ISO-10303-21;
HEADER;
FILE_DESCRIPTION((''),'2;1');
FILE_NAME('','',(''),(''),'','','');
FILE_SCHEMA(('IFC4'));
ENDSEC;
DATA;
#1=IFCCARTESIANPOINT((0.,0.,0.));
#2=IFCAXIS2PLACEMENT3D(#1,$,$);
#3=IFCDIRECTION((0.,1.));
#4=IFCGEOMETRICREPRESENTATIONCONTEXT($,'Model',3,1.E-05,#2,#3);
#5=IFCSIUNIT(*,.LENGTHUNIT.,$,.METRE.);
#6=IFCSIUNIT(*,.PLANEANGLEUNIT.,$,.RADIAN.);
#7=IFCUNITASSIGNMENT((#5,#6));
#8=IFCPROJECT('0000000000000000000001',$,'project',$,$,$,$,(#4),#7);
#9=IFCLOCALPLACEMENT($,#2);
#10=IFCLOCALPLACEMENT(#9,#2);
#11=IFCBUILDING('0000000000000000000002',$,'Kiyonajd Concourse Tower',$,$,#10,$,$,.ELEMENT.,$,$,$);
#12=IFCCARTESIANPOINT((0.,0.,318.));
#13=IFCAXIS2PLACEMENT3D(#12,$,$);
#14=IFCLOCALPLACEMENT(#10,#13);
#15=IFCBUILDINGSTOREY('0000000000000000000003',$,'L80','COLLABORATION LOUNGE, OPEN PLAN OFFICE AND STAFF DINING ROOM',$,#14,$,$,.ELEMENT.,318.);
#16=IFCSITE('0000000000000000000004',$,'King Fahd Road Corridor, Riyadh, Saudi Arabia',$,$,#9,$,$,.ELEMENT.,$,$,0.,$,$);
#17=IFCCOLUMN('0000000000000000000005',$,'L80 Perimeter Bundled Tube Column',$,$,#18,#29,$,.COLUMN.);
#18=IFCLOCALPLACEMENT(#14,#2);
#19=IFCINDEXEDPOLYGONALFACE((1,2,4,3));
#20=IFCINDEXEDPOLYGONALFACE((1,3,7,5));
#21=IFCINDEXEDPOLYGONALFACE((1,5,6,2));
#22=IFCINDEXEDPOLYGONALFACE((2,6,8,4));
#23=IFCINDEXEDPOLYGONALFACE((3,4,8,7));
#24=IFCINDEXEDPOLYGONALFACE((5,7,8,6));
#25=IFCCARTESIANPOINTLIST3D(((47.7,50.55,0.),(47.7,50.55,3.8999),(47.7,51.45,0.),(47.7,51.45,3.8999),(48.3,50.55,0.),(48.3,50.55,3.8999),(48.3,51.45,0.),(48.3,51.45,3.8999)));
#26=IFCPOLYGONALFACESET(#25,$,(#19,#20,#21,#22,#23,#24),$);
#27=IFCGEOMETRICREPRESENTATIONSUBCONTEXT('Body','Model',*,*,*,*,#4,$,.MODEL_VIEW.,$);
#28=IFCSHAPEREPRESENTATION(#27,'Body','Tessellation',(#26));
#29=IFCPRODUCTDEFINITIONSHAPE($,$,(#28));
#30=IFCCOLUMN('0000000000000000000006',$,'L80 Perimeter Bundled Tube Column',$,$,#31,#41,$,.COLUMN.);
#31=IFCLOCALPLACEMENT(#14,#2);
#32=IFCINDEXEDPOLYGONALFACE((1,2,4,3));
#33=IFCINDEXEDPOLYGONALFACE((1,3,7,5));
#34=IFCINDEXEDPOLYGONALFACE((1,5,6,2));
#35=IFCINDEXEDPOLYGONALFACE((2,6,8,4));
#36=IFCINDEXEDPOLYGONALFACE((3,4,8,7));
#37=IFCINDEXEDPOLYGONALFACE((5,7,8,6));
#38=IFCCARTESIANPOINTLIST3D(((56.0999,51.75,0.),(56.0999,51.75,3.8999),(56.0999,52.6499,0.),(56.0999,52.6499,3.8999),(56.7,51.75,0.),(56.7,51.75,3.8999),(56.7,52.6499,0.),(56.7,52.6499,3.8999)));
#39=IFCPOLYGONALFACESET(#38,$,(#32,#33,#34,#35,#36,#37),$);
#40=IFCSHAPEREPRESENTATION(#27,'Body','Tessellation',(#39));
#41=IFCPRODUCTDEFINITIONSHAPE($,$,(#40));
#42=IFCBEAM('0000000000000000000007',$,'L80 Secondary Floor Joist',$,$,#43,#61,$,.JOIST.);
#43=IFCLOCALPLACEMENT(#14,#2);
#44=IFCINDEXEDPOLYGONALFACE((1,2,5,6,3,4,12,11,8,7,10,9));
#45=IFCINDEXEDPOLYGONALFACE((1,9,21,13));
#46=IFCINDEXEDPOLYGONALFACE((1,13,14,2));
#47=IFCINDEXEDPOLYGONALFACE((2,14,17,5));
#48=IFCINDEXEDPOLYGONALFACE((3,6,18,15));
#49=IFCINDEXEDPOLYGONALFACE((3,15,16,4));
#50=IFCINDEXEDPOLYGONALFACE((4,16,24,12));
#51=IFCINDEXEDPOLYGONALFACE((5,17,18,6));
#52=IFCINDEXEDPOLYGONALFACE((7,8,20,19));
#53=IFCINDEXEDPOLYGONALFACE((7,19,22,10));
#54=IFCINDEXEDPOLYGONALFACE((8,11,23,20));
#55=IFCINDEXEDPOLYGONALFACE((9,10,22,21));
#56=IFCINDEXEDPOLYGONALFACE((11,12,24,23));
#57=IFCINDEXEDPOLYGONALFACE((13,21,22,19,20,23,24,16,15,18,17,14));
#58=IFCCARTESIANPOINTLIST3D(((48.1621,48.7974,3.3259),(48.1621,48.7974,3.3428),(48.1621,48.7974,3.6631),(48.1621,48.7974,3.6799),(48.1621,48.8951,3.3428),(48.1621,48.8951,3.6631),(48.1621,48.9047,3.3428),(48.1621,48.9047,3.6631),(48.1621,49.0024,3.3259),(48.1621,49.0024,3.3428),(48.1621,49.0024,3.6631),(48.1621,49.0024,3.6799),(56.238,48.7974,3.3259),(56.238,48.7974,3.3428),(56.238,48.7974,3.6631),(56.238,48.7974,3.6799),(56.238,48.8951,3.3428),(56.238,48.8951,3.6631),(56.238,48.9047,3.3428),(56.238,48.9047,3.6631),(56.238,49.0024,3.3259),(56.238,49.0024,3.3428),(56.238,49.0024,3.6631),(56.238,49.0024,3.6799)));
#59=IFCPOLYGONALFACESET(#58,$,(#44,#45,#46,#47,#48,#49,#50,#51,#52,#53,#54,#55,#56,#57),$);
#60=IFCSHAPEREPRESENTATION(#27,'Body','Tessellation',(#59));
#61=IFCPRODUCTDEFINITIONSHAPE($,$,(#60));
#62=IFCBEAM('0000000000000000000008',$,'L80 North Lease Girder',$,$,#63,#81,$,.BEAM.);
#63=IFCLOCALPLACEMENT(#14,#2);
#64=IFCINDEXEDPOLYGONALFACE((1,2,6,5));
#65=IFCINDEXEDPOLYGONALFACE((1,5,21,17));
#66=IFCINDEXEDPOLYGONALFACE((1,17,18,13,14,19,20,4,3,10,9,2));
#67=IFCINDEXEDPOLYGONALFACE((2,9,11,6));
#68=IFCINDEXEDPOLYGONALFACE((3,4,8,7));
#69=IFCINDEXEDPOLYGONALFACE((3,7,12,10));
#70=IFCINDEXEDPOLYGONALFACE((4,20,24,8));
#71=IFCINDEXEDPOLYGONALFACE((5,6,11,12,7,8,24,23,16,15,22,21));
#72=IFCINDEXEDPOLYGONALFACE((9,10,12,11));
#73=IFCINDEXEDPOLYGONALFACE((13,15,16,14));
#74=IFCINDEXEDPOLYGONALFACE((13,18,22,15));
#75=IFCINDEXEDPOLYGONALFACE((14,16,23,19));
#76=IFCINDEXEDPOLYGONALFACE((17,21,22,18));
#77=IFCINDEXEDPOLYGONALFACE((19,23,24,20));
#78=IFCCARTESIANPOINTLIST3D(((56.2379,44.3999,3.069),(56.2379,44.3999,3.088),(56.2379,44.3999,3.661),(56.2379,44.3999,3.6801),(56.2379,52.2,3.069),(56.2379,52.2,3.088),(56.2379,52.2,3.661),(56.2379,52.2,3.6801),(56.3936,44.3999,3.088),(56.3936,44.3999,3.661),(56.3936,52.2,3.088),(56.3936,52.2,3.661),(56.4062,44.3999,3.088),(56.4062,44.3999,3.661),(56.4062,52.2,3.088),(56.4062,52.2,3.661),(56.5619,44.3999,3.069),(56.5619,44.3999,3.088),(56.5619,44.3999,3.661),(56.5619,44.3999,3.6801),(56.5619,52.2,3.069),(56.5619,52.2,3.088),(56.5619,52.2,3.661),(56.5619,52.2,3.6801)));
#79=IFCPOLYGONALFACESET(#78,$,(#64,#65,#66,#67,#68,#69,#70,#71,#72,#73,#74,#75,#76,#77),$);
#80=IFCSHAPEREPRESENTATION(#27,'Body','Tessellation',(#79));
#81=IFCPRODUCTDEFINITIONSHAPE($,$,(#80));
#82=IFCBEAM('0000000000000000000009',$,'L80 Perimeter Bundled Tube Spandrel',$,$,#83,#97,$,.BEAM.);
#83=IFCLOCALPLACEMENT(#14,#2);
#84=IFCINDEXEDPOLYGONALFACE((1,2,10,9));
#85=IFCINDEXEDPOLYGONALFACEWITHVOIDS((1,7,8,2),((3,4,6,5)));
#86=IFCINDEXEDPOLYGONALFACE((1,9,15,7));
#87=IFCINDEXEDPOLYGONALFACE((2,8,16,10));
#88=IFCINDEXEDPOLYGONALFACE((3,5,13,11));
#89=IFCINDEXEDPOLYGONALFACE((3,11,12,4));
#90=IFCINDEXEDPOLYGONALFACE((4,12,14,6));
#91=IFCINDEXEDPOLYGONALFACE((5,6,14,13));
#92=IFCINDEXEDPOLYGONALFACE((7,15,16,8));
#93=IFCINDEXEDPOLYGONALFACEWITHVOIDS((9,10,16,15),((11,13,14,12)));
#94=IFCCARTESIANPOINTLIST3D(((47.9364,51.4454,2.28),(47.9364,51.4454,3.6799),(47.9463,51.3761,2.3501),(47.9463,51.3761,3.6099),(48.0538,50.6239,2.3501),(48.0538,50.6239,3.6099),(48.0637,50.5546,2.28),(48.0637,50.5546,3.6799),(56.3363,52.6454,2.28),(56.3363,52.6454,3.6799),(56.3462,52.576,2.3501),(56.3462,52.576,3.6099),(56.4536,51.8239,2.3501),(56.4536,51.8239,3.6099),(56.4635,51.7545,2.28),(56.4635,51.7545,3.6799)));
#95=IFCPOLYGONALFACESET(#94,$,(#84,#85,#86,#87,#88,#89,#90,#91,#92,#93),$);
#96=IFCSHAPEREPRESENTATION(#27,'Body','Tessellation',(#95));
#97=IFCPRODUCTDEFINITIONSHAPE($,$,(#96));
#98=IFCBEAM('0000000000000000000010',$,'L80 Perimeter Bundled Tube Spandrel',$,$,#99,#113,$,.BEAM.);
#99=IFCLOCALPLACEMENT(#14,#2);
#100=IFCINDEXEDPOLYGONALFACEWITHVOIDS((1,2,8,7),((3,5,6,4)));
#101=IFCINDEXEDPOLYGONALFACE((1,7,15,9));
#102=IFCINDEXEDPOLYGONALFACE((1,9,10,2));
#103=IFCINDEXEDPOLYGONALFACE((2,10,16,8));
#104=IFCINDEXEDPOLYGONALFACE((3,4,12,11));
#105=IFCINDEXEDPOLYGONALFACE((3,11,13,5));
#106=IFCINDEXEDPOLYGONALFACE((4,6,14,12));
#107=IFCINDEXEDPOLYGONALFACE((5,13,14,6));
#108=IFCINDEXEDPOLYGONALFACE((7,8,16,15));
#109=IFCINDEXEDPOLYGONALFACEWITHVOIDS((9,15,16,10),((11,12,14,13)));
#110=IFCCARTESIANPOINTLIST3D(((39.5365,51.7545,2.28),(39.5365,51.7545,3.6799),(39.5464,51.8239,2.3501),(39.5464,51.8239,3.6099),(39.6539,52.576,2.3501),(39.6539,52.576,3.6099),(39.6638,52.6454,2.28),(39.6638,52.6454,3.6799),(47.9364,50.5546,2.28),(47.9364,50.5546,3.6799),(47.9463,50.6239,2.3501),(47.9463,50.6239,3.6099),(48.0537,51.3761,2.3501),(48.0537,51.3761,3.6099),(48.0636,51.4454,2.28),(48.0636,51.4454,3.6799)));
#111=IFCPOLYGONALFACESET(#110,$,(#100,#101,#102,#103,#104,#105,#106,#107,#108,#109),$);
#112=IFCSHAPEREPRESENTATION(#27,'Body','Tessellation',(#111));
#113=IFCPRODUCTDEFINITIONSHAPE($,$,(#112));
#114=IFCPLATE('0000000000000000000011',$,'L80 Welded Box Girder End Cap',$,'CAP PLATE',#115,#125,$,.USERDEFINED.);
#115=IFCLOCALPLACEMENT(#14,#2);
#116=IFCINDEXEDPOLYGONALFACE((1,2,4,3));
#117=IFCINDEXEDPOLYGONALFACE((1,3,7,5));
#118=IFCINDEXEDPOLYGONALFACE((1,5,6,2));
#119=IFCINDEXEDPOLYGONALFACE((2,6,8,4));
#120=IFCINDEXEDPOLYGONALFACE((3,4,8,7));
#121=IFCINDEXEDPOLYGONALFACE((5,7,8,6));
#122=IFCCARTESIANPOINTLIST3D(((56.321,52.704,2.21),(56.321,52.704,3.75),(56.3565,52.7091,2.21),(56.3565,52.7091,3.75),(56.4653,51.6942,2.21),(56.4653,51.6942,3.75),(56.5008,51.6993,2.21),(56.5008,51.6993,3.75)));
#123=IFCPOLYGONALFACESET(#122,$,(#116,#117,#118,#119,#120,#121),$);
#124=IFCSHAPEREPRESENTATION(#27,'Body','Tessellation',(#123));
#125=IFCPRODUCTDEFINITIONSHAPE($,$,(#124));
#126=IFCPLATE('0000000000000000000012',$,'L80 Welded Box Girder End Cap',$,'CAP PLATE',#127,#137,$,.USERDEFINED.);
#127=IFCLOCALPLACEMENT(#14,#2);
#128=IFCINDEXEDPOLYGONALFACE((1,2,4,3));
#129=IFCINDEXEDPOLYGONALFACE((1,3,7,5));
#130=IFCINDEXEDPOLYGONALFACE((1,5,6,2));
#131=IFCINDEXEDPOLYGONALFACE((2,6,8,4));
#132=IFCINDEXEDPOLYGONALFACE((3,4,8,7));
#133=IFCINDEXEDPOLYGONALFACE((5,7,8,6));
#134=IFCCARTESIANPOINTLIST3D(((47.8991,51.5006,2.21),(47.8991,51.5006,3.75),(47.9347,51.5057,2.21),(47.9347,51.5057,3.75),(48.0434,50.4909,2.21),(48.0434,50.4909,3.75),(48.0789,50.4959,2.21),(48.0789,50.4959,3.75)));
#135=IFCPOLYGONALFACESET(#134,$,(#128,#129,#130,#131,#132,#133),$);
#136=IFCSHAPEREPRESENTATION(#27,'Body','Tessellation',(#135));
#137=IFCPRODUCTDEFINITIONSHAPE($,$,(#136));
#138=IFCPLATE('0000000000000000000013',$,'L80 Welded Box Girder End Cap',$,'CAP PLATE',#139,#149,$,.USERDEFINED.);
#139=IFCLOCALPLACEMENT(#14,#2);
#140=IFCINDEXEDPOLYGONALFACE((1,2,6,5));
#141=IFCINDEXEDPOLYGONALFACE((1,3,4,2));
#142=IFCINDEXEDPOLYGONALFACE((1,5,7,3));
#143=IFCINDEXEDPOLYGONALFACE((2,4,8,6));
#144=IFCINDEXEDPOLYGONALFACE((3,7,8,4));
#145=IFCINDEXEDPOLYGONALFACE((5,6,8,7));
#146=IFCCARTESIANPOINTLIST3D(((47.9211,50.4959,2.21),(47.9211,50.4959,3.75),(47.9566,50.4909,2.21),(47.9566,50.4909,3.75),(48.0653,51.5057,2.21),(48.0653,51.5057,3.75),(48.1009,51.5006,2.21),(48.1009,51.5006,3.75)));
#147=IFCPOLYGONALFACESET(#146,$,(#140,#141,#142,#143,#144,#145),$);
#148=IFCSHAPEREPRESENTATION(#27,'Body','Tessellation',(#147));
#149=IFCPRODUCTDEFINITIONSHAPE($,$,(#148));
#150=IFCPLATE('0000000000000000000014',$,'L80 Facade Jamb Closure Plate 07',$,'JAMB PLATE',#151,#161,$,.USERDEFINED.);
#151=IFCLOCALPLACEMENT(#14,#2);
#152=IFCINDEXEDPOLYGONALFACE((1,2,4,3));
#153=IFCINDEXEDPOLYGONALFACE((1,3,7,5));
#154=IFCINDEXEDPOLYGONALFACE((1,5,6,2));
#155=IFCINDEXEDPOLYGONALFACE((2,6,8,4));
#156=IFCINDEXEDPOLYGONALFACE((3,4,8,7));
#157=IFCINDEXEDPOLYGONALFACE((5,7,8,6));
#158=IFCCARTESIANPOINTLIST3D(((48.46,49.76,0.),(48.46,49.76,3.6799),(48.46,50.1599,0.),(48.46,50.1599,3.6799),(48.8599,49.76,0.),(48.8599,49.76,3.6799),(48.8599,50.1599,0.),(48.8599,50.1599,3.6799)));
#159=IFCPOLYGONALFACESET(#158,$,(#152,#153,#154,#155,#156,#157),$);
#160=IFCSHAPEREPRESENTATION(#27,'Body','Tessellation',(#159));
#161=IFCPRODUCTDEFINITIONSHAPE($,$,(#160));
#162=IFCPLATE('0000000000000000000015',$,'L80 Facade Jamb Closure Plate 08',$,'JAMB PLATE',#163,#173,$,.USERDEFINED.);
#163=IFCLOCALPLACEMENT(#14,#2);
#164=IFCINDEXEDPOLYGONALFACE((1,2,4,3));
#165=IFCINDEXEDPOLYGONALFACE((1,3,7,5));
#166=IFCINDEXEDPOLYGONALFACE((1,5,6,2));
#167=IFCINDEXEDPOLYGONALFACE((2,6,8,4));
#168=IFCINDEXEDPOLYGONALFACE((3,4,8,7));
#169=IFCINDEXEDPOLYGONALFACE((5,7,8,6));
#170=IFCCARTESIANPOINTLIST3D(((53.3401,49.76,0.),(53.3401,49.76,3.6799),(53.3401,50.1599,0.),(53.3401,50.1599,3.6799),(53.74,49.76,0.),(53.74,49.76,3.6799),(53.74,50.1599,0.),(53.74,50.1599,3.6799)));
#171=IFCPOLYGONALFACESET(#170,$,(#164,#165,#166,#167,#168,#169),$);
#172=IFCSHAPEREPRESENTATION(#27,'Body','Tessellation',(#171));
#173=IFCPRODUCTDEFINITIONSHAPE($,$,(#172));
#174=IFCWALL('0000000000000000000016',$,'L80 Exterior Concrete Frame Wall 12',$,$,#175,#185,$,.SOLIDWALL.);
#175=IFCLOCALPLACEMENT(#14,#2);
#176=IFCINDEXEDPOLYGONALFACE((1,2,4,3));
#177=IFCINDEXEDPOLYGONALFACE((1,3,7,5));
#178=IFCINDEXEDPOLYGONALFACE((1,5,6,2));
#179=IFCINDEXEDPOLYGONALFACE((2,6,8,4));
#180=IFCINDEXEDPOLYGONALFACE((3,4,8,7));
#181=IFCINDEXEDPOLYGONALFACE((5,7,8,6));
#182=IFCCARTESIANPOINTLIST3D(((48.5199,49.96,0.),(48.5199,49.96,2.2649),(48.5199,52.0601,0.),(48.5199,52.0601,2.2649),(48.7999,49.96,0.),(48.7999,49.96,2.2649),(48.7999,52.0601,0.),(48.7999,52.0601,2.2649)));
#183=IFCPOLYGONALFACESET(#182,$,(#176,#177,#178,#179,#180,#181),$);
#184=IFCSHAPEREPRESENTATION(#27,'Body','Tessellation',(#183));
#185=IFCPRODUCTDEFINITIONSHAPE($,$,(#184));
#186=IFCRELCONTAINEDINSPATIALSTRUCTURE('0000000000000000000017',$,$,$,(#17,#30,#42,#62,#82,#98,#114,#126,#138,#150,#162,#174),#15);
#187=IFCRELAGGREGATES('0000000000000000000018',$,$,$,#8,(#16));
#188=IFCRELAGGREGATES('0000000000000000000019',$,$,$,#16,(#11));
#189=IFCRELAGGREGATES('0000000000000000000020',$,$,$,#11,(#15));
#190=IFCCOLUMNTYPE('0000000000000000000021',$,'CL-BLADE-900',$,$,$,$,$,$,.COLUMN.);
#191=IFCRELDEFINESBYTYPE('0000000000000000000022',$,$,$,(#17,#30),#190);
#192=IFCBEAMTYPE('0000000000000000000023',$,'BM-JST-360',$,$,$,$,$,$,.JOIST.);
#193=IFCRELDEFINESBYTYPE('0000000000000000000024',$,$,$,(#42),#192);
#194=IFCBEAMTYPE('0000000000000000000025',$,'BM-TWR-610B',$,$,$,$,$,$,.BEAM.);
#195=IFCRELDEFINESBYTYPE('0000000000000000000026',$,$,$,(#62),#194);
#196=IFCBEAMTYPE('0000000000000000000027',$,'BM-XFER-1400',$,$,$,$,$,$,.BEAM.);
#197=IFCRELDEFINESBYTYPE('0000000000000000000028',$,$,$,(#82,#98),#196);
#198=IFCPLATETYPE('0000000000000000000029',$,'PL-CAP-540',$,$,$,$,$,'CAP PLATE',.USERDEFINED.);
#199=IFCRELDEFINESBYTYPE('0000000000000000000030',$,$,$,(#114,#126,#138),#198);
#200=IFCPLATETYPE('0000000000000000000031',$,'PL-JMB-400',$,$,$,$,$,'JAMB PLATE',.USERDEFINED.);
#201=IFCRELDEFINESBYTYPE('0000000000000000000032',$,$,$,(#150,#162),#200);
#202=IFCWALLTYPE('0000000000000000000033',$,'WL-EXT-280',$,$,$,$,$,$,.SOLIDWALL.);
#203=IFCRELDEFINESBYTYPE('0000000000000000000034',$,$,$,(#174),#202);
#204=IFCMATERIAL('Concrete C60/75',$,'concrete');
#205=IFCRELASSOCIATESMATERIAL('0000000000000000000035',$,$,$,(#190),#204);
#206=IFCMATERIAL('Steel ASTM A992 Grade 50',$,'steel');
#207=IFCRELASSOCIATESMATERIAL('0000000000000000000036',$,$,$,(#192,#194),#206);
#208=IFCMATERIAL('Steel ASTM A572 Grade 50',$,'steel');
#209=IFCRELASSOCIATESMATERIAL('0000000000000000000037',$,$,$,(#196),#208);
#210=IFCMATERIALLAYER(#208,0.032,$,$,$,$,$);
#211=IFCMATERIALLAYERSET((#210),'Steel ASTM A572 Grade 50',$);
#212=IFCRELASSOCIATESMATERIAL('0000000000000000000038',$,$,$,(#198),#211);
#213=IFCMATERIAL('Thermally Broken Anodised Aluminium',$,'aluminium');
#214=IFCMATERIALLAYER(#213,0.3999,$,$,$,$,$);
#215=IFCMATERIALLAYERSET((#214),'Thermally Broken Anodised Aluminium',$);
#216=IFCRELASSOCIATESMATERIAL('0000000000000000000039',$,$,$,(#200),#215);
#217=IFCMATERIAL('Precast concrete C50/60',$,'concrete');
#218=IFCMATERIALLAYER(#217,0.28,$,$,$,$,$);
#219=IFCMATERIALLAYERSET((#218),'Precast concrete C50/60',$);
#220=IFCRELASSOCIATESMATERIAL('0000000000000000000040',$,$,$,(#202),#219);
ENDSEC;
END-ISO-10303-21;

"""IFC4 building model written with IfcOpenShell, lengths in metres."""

from ifc_helpers import new_model, si_unit, direction, frame, frame_2d, origin, origin_2d, place, context, subcontext, project, spatial, rectangle, hollow_rectangle, i_section, extrude, material, layer, layer_set, material_profile, profile_set, type_object, element, save


model = new_model("IFC4")

# Units and contexts
model_context = context("Model", 3, precision=1e-05, world=origin(), true_north=direction((0.0, 1.0)))
body_context = subcontext(model_context, "Body", "Model", "MODEL_VIEW")
ifc_project = project(units=[si_unit("LENGTHUNIT", "METRE"), si_unit("PLANEANGLEUNIT", "RADIAN")], contexts=[model_context])

# Site, building, storey
site_placement = place(None, origin())
site = spatial("IfcSite", under=ifc_project, at=site_placement, Name="King Fahd Road Corridor, Riyadh, Saudi Arabia", CompositionType="ELEMENT", RefElevation=0.0)
building_placement = place(site_placement, origin())
building = spatial("IfcBuilding", under=site, at=building_placement, Name="Kiyonajd Concourse Tower", CompositionType="ELEMENT")
storey_placement = place(building_placement, frame((0.0, 0.0, 318.0)))
storey = spatial("IfcBuildingStorey", under=building, at=storey_placement, Name="L80", Description="COLLABORATION LOUNGE, OPEN PLAN OFFICE AND STAFF DINING ROOM", CompositionType="ELEMENT", Elevation=318.0)

# Columns
ifc_material_1 = material(Name="Concrete C60/75", Category="concrete")
ifc_material_profile_1 = material_profile(ifc_material_1, rectangle(XDim=0.6001, YDim=0.8999, at=origin_2d()), Name="RC-900x600")
ifc_profile_set_1 = profile_set([ifc_material_profile_1], Name="Concrete C60/75")
column_type = type_object("IfcColumnType", Name="CL-BLADE-900", PredefinedType="COLUMN", material=ifc_profile_set_1)
for number, where, z_axis, x_axis, name in (
    (1, (48.0, 51.0, 0.0), (0.0, 0.0, 1.0), (1.0, 0.0, 0.0), "L80 Perimeter Bundled Tube Column"),
    (2, (56.3999, 52.2, 0.0), (0.0, 0.0, 1.0), (1.0, 0.0, 0.0), "L80 Perimeter Bundled Tube Column"),
):
    element("IfcColumn", number, at=place(storey_placement, frame(where, z_axis=z_axis, x_axis=x_axis)), inside=storey, type_object=column_type, Name=name, PredefinedType="COLUMN", context=body_context, shape_type="SweptSolid", body=[
        extrude(rectangle(XDim=0.6001, YDim=0.8999, at=origin_2d()), origin(), (0.0, 0.0, 1.0), 3.8999),
    ])

# Beams
ifc_material_2 = material(Name="Steel ASTM A992 Grade 50", Category="steel")
ifc_material_profile_2 = material_profile(ifc_material_2, i_section(OverallWidth=0.2051, OverallDepth=0.354, WebThickness=0.0095, FlangeThickness=0.0168, at=origin_2d()), Name="W360X79")
ifc_profile_set_2 = profile_set([ifc_material_profile_2], Name="Steel ASTM A992 Grade 50")
beam_type_1 = type_object("IfcBeamType", Name="BM-JST-360", PredefinedType="JOIST", material=ifc_profile_set_2)
beam_1_placement = place(storey_placement, frame((48.1621, 48.8999, 3.5029), z_axis=(1.0, 0.0, 0.0), x_axis=(0.0, 1.0, 0.0)))
element("IfcBeam", 3, at=beam_1_placement, inside=storey, type_object=beam_type_1, Name="L80 Secondary Floor Joist", PredefinedType="JOIST", context=body_context, shape_type="SweptSolid", body=[
    extrude(i_section(OverallWidth=0.2051, OverallDepth=0.354, WebThickness=0.0095, FlangeThickness=0.0168, at=origin_2d()), origin(), (0.0, 0.0, 1.0), 8.0759),
])
ifc_material_profile_3 = material_profile(ifc_material_2, i_section(OverallWidth=0.324, OverallDepth=0.6111, WebThickness=0.0127, FlangeThickness=0.019, at=origin_2d()), Name="W610X155")
ifc_profile_set_3 = profile_set([ifc_material_profile_3], Name="Steel ASTM A992 Grade 50")
beam_type_2 = type_object("IfcBeamType", Name="BM-TWR-610B", PredefinedType="BEAM", material=ifc_profile_set_3)
beam_2_placement = place(storey_placement, frame((56.3999, 44.3999, 3.3745), z_axis=(0.0, 1.0, 0.0), x_axis=(-1.0, 0.0, 0.0)))
element("IfcBeam", 4, at=beam_2_placement, inside=storey, type_object=beam_type_2, Name="L80 North Lease Girder", PredefinedType="BEAM", context=body_context, shape_type="SweptSolid", body=[
    extrude(i_section(OverallWidth=0.324, OverallDepth=0.6111, WebThickness=0.0127, FlangeThickness=0.019, at=origin_2d()), origin(), (0.0, 0.0, 1.0), 7.8),
])
ifc_material_3 = material(Name="Steel ASTM A572 Grade 50", Category="steel")
ifc_material_profile_4 = material_profile(ifc_material_3, hollow_rectangle(XDim=0.8999, YDim=1.3999, WallThickness=0.0701, at=origin_2d()), Name="BOX-1400x900x70")
ifc_profile_set_4 = profile_set([ifc_material_profile_4], Name="Steel ASTM A572 Grade 50")
beam_type_3 = type_object("IfcBeamType", Name="BM-XFER-1400", PredefinedType="BEAM", material=ifc_profile_set_4)
for number, where, z_axis, x_axis, name in (
    (5, (56.3999, 52.2, 2.98), (-0.98995, -0.141417, 0.0), (0.141417, -0.98995, 0.0), "L80 Perimeter Bundled Tube Spandrel"),
    (6, (48.0, 51.0, 2.98), (-0.98995, 0.141417, 0.0), (-0.141417, -0.98995, 0.0), "L80 Perimeter Bundled Tube Spandrel"),
):
    element("IfcBeam", number, at=place(storey_placement, frame(where, z_axis=z_axis, x_axis=x_axis)), inside=storey, type_object=beam_type_3, Name=name, PredefinedType="BEAM", context=body_context, shape_type="SweptSolid", body=[
        extrude(hollow_rectangle(XDim=0.8999, YDim=1.3999, WallThickness=0.0701, at=origin_2d()), origin(), (0.0, 0.0, 1.0), 8.4851),
    ])

# Plates
ifc_layer_1 = layer(ifc_material_3, 0.032)
ifc_layer_set_1 = layer_set([ifc_layer_1], Name="Steel ASTM A572 Grade 50")
plate_type_1 = type_object("IfcPlateType", Name="PL-CAP-540", ElementType="CAP PLATE", PredefinedType="USERDEFINED", material=ifc_layer_set_1)
for number, where, z_axis, x_axis, name in (
    (7, (56.4109, 52.2017, 2.21), (0.0, 0.0, 1.0), (0.98995, 0.14142, 0.0), "L80 Welded Box Girder End Cap"),
    (8, (47.989, 50.9983, 2.21), (0.0, 0.0, 1.0), (-0.98995, -0.14142, 0.0), "L80 Welded Box Girder End Cap"),
    (9, (48.011, 50.9983, 2.21), (0.0, 0.0, 1.0), (0.98995, -0.14142, 0.0), "L80 Welded Box Girder End Cap"),
):
    element("IfcPlate", number, at=place(storey_placement, frame(where, z_axis=z_axis, x_axis=x_axis)), inside=storey, type_object=plate_type_1, Name=name, ObjectType="CAP PLATE", PredefinedType="USERDEFINED", context=body_context, shape_type="SweptSolid", body=[
        extrude(rectangle(XDim=0.0359, YDim=1.02, at=origin_2d()), origin(), (0.0, 0.0, 1.0), 1.54),
    ])
ifc_material_4 = material(Name="Thermally Broken Anodised Aluminium", Category="aluminium")
ifc_layer_2 = layer(ifc_material_4, 0.3999)
ifc_layer_set_2 = layer_set([ifc_layer_2], Name="Thermally Broken Anodised Aluminium")
plate_type_2 = type_object("IfcPlateType", Name="PL-JMB-400", ElementType="JAMB PLATE", PredefinedType="USERDEFINED", material=ifc_layer_set_2)
for number, where, z_axis, x_axis, name in (
    (10, (48.6599, 49.96, 0.0), (0.0, 0.0, 1.0), (1.0, 0.0, 0.0), "L80 Facade Jamb Closure Plate 07"),
    (11, (53.54, 49.96, 0.0), (0.0, 0.0, 1.0), (1.0, 0.0, 0.0), "L80 Facade Jamb Closure Plate 08"),
):
    element("IfcPlate", number, at=place(storey_placement, frame(where, z_axis=z_axis, x_axis=x_axis)), inside=storey, type_object=plate_type_2, Name=name, ObjectType="JAMB PLATE", PredefinedType="USERDEFINED", context=body_context, shape_type="SweptSolid", body=[
        extrude(rectangle(XDim=0.3999, YDim=0.3999, at=origin_2d()), origin(), (0.0, 0.0, 1.0), 3.6799),
    ])

# Wall
ifc_material_5 = material(Name="Precast concrete C50/60", Category="concrete")
ifc_layer_3 = layer(ifc_material_5, 0.28)
ifc_layer_set_3 = layer_set([ifc_layer_3], Name="Precast concrete C50/60")
wall_type_1 = type_object("IfcWallType", Name="WL-EXT-280", PredefinedType="SOLIDWALL", material=ifc_layer_set_3)
wall_1_placement = place(storey_placement, frame((48.6599, 52.0601, 0.0), z_axis=(0.0, 0.0, 1.0), x_axis=(0.0, -1.0, 0.0)))
element("IfcWall", 12, at=wall_1_placement, inside=storey, type_object=wall_type_1, Name="L80 Exterior Concrete Frame Wall 12", PredefinedType="SOLIDWALL", context=body_context, shape_type="SweptSolid", body=[
    extrude(rectangle(XDim=2.1001, YDim=0.28, at=frame_2d((1.05, 0.0))), origin(), (0.0, 0.0, 1.0), 2.2649),
])

save(model, "model.ifc")
